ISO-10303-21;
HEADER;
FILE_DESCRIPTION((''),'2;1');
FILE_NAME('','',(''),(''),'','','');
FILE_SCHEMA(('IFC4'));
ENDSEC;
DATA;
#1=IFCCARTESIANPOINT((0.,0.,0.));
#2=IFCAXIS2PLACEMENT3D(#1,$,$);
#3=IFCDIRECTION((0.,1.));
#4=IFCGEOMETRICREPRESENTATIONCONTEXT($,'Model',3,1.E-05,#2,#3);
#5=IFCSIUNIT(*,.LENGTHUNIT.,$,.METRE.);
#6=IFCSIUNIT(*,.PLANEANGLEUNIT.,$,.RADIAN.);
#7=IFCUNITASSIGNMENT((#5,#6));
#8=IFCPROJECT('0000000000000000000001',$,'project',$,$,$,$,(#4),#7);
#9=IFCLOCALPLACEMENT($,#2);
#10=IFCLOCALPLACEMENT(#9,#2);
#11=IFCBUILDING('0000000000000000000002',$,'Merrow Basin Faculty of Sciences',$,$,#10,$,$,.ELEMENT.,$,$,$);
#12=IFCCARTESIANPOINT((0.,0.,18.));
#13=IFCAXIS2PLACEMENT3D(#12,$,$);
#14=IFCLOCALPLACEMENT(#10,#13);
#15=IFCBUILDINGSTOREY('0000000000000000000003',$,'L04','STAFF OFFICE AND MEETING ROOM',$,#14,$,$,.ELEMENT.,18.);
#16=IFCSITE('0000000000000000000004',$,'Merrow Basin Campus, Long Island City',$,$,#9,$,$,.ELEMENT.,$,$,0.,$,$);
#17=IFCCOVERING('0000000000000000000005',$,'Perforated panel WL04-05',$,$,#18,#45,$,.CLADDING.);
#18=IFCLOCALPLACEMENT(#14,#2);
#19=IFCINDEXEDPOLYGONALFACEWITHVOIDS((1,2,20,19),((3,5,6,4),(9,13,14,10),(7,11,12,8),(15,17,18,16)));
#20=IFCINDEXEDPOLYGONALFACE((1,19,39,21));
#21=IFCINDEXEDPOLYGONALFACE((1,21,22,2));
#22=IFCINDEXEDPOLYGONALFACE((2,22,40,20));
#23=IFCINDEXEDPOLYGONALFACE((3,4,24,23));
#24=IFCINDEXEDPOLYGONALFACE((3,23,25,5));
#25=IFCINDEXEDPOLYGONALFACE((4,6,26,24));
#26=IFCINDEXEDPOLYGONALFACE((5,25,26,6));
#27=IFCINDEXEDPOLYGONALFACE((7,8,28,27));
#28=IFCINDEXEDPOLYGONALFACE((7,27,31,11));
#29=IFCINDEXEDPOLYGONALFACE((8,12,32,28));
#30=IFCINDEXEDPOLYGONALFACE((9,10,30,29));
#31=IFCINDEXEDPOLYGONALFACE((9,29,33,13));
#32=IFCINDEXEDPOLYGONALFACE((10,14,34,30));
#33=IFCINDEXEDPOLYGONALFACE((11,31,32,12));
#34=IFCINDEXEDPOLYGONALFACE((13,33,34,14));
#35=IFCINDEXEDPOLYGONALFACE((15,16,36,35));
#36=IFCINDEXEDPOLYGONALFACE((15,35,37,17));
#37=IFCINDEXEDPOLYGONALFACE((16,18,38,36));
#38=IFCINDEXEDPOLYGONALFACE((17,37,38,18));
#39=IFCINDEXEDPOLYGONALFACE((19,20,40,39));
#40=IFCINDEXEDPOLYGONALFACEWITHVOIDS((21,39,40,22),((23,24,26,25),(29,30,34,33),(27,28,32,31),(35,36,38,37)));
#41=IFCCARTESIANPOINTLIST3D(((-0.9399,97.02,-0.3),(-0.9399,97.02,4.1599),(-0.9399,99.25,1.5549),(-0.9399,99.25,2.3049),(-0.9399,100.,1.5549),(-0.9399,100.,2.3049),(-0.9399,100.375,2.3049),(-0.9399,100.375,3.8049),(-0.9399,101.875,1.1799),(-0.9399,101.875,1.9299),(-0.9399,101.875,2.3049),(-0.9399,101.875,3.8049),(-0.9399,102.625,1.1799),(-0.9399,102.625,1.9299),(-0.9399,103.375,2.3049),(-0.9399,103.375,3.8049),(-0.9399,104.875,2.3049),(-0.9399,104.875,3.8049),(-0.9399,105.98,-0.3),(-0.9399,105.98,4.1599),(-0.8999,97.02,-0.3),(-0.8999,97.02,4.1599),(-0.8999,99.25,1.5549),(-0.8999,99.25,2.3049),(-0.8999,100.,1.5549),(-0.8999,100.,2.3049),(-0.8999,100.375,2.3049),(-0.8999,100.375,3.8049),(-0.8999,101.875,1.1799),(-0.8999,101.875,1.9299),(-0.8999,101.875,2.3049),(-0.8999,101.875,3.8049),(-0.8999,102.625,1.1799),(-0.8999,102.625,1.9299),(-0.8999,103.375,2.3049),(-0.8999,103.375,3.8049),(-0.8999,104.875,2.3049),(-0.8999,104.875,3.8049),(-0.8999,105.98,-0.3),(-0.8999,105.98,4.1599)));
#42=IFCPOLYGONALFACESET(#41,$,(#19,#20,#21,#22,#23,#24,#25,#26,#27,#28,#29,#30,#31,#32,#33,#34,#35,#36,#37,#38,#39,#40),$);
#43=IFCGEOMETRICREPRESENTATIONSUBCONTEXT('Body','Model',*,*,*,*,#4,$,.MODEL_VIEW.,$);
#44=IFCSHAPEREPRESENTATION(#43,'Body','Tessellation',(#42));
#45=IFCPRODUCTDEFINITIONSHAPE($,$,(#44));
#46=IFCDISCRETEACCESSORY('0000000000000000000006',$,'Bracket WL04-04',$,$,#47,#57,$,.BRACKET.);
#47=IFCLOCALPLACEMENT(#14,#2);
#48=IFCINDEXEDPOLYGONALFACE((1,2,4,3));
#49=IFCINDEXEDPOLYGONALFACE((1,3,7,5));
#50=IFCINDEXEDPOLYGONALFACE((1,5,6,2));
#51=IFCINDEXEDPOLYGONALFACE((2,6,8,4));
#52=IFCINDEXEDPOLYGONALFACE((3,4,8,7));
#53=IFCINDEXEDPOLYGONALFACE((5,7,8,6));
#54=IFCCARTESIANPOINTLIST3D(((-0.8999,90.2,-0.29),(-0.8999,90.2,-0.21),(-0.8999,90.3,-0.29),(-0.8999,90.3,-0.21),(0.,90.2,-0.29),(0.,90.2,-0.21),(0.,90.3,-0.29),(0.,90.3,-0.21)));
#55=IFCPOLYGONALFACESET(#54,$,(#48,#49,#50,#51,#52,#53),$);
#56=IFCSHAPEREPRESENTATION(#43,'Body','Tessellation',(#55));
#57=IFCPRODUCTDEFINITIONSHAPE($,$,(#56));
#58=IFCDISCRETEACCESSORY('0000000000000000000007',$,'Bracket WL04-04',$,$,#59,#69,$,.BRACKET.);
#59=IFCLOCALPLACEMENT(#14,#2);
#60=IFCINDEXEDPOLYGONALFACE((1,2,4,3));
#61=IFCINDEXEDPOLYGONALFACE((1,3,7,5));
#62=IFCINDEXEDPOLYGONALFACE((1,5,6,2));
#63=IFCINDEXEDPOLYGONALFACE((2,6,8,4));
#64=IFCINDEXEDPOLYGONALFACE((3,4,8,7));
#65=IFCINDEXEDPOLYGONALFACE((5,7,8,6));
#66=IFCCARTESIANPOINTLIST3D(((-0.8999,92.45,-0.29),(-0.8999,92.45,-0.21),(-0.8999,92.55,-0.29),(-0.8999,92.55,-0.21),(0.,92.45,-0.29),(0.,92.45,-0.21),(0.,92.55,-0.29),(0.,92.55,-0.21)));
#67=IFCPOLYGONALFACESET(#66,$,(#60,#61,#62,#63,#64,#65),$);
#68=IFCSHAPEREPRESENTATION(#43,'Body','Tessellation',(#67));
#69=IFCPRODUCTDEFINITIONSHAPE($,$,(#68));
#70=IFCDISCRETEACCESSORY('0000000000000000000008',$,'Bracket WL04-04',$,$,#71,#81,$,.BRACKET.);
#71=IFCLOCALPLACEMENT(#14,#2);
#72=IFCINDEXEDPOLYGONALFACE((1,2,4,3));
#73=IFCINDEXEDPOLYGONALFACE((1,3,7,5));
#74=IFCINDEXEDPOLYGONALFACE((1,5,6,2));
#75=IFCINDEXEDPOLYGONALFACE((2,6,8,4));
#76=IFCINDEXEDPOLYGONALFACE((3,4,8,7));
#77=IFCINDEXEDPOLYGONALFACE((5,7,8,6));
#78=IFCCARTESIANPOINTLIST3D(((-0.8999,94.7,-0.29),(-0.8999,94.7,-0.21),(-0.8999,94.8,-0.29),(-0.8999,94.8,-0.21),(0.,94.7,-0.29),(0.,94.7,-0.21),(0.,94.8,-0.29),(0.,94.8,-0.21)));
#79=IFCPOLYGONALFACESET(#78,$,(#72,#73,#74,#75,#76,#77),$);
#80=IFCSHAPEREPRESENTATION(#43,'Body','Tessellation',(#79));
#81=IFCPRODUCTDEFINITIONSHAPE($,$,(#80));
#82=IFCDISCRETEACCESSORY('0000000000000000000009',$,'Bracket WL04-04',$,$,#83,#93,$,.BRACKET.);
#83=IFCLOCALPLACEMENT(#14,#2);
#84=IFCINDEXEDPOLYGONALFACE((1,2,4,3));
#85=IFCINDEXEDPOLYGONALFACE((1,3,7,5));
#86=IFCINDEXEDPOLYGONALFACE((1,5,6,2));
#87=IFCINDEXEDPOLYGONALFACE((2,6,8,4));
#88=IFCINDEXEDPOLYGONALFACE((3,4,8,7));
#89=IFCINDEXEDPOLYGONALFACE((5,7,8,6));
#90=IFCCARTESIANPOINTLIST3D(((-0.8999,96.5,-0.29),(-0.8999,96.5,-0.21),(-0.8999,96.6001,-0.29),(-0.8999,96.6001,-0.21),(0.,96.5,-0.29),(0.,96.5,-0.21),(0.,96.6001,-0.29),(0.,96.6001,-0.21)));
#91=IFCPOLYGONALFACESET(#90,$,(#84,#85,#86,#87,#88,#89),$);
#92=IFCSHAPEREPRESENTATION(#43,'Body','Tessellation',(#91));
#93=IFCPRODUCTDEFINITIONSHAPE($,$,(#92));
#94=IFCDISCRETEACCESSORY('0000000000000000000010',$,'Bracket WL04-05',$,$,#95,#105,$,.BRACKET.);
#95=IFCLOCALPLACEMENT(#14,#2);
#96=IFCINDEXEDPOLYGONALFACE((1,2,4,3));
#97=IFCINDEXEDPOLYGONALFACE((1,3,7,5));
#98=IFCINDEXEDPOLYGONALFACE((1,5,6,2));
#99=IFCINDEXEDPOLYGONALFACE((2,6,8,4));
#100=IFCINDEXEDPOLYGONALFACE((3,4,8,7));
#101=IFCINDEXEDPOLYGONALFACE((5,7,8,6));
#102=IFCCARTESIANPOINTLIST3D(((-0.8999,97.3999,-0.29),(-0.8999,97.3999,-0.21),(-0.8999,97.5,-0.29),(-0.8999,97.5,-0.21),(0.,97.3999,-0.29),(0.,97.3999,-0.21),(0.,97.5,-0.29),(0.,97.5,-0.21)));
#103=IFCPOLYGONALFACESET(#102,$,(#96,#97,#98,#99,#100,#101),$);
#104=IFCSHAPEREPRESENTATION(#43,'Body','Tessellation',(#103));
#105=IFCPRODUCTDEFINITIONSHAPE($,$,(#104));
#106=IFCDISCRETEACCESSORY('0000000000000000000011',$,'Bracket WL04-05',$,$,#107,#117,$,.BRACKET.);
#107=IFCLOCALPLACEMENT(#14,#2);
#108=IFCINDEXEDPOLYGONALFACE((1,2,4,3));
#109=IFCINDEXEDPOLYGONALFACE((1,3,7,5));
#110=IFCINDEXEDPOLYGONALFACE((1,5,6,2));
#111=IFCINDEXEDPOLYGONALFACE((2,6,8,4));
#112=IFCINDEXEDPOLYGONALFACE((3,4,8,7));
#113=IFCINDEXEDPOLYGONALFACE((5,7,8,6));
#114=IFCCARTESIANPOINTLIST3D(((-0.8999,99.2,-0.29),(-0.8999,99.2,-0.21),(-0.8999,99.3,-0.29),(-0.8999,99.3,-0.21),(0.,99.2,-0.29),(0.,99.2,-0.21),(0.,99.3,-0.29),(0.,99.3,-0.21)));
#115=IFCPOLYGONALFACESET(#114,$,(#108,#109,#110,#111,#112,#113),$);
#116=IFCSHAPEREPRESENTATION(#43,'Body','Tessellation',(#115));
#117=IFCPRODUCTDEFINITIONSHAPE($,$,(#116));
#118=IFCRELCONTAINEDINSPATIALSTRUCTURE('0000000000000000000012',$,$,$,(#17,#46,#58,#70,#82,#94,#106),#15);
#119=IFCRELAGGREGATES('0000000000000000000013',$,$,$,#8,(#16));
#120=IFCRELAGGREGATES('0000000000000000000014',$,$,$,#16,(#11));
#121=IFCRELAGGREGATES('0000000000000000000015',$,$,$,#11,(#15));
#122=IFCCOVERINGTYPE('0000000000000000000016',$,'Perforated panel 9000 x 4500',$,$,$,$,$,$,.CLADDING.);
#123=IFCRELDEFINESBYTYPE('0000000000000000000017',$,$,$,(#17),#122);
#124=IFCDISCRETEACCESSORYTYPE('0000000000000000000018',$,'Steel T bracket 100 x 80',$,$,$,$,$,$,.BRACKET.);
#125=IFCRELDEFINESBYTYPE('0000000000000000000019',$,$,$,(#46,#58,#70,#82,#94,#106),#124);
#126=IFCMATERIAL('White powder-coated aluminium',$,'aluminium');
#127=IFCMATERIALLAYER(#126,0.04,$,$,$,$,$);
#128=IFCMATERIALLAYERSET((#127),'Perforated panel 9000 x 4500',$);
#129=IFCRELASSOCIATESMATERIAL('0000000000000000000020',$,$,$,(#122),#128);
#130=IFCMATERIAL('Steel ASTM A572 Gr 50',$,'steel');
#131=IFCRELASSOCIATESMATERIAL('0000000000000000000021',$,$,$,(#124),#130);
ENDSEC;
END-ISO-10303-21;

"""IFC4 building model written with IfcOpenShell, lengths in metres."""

from ifc_helpers import new_model, si_unit, direction, frame, origin, place, context, subcontext, project, spatial, polyline, outline, extrude, source, transform, mapped, material, layer, layer_set, type_object, element, save


model = new_model("IFC4")

# Units and contexts
model_context = context("Model", 3, precision=1e-05, world=origin(), true_north=direction((0.0, 1.0)))
body_context = subcontext(model_context, "Body", "Model", "MODEL_VIEW")
ifc_project = project(units=[si_unit("LENGTHUNIT", "METRE"), si_unit("PLANEANGLEUNIT", "RADIAN")], contexts=[model_context])

# Site, building, storey
site_placement = place(None, origin())
site = spatial("IfcSite", under=ifc_project, at=site_placement, Name="Merrow Basin Campus, Long Island City", CompositionType="ELEMENT", RefElevation=0.0)
building_placement = place(site_placement, origin())
building = spatial("IfcBuilding", under=site, at=building_placement, Name="Merrow Basin Faculty of Sciences", CompositionType="ELEMENT")
storey_placement = place(building_placement, frame((0.0, 0.0, 18.0)))
storey = spatial("IfcBuildingStorey", under=building, at=storey_placement, Name="L04", Description="STAFF OFFICE AND MEETING ROOM", CompositionType="ELEMENT", Elevation=18.0)

# Covering
ifc_material_1 = material(Name="White powder-coated aluminium", Category="aluminium")
ifc_layer_1 = layer(ifc_material_1, 0.04)
ifc_layer_set_1 = layer_set([ifc_layer_1], Name="Perforated panel 9000 x 4500")
covering_type = type_object("IfcCoveringType", Name="Perforated panel 9000 x 4500", PredefinedType="CLADDING", material=ifc_layer_set_1)
shared_shape_1 = source(origin(), body_context, "Body", "SweptSolid", [
    extrude(outline(polyline([(0.02, 0.02), (8.98, 0.02), (8.98, 4.48), (0.02, 4.48), (0.02, 0.02)]), holes=[polyline([(4.875, 1.5), (5.625, 1.5), (5.625, 2.25), (4.875, 2.25), (4.875, 1.5)]), polyline([(2.25, 1.875), (3.0, 1.875), (3.0, 2.625), (2.25, 2.625), (2.25, 1.875)]), polyline([(3.375, 2.625), (4.875, 2.625), (4.875, 4.125), (3.375, 4.125), (3.375, 2.625)]), polyline([(6.375, 2.625), (7.875, 2.625), (7.875, 4.125), (6.375, 4.125), (6.375, 2.625)])]), origin(), (0.0, 0.0, 1.0), 0.04),
])
covering_placement = place(storey_placement, frame((-0.9399, 97.0, -0.3201), z_axis=(1.0, 0.0, 0.0), x_axis=(0.0, 1.0, 0.0)))
element("IfcCovering", 1, at=covering_placement, inside=storey, type_object=covering_type, Name="Perforated panel WL04-05", PredefinedType="CLADDING", context=body_context, shape_type="MappedRepresentation", body=[
    mapped(shared_shape_1, transform((0.0, 0.0, 0.0), scale=1.0)),
])

# Discrete accessories
ifc_material_2 = material(Name="Steel ASTM A572 Gr 50", Category="steel")
discrete_accessory_type = type_object("IfcDiscreteAccessoryType", Name="Steel T bracket 100 x 80", PredefinedType="BRACKET", material=ifc_material_2)
shared_shape_2 = source(origin(), body_context, "Body", "SweptSolid", [
    extrude(outline(polyline([(0.0, 0.0), (0.1001, 0.0), (0.1001, 0.0801), (0.0, 0.0801), (0.0, 0.0)])), origin(), (0.0, 0.0, 1.0), 0.8999),
])
for number, where, z_axis, x_axis, name in (
    (2, (-0.8999, 90.2, -0.29), (1.0, 0.0, 0.0), (0.0, 1.0, 0.0), "Bracket WL04-04"),
    (3, (-0.8999, 92.45, -0.29), (1.0, 0.0, 0.0), (0.0, 1.0, 0.0), "Bracket WL04-04"),
    (4, (-0.8999, 94.7, -0.29), (1.0, 0.0, 0.0), (0.0, 1.0, 0.0), "Bracket WL04-04"),
    (5, (-0.8999, 96.5, -0.29), (1.0, 0.0, 0.0), (0.0, 1.0, 0.0), "Bracket WL04-04"),
    (6, (-0.8999, 97.3999, -0.29), (1.0, 0.0, 0.0), (0.0, 1.0, 0.0), "Bracket WL04-05"),
    (7, (-0.8999, 99.2, -0.29), (1.0, 0.0, 0.0), (0.0, 1.0, 0.0), "Bracket WL04-05"),
):
    element("IfcDiscreteAccessory", number, at=place(storey_placement, frame(where, z_axis=z_axis, x_axis=x_axis)), inside=storey, type_object=discrete_accessory_type, Name=name, PredefinedType="BRACKET", context=body_context, shape_type="MappedRepresentation", body=[
        mapped(shared_shape_2, transform((0.0, 0.0, 0.0), scale=1.0)),
    ])

save(model, "model.ifc")
